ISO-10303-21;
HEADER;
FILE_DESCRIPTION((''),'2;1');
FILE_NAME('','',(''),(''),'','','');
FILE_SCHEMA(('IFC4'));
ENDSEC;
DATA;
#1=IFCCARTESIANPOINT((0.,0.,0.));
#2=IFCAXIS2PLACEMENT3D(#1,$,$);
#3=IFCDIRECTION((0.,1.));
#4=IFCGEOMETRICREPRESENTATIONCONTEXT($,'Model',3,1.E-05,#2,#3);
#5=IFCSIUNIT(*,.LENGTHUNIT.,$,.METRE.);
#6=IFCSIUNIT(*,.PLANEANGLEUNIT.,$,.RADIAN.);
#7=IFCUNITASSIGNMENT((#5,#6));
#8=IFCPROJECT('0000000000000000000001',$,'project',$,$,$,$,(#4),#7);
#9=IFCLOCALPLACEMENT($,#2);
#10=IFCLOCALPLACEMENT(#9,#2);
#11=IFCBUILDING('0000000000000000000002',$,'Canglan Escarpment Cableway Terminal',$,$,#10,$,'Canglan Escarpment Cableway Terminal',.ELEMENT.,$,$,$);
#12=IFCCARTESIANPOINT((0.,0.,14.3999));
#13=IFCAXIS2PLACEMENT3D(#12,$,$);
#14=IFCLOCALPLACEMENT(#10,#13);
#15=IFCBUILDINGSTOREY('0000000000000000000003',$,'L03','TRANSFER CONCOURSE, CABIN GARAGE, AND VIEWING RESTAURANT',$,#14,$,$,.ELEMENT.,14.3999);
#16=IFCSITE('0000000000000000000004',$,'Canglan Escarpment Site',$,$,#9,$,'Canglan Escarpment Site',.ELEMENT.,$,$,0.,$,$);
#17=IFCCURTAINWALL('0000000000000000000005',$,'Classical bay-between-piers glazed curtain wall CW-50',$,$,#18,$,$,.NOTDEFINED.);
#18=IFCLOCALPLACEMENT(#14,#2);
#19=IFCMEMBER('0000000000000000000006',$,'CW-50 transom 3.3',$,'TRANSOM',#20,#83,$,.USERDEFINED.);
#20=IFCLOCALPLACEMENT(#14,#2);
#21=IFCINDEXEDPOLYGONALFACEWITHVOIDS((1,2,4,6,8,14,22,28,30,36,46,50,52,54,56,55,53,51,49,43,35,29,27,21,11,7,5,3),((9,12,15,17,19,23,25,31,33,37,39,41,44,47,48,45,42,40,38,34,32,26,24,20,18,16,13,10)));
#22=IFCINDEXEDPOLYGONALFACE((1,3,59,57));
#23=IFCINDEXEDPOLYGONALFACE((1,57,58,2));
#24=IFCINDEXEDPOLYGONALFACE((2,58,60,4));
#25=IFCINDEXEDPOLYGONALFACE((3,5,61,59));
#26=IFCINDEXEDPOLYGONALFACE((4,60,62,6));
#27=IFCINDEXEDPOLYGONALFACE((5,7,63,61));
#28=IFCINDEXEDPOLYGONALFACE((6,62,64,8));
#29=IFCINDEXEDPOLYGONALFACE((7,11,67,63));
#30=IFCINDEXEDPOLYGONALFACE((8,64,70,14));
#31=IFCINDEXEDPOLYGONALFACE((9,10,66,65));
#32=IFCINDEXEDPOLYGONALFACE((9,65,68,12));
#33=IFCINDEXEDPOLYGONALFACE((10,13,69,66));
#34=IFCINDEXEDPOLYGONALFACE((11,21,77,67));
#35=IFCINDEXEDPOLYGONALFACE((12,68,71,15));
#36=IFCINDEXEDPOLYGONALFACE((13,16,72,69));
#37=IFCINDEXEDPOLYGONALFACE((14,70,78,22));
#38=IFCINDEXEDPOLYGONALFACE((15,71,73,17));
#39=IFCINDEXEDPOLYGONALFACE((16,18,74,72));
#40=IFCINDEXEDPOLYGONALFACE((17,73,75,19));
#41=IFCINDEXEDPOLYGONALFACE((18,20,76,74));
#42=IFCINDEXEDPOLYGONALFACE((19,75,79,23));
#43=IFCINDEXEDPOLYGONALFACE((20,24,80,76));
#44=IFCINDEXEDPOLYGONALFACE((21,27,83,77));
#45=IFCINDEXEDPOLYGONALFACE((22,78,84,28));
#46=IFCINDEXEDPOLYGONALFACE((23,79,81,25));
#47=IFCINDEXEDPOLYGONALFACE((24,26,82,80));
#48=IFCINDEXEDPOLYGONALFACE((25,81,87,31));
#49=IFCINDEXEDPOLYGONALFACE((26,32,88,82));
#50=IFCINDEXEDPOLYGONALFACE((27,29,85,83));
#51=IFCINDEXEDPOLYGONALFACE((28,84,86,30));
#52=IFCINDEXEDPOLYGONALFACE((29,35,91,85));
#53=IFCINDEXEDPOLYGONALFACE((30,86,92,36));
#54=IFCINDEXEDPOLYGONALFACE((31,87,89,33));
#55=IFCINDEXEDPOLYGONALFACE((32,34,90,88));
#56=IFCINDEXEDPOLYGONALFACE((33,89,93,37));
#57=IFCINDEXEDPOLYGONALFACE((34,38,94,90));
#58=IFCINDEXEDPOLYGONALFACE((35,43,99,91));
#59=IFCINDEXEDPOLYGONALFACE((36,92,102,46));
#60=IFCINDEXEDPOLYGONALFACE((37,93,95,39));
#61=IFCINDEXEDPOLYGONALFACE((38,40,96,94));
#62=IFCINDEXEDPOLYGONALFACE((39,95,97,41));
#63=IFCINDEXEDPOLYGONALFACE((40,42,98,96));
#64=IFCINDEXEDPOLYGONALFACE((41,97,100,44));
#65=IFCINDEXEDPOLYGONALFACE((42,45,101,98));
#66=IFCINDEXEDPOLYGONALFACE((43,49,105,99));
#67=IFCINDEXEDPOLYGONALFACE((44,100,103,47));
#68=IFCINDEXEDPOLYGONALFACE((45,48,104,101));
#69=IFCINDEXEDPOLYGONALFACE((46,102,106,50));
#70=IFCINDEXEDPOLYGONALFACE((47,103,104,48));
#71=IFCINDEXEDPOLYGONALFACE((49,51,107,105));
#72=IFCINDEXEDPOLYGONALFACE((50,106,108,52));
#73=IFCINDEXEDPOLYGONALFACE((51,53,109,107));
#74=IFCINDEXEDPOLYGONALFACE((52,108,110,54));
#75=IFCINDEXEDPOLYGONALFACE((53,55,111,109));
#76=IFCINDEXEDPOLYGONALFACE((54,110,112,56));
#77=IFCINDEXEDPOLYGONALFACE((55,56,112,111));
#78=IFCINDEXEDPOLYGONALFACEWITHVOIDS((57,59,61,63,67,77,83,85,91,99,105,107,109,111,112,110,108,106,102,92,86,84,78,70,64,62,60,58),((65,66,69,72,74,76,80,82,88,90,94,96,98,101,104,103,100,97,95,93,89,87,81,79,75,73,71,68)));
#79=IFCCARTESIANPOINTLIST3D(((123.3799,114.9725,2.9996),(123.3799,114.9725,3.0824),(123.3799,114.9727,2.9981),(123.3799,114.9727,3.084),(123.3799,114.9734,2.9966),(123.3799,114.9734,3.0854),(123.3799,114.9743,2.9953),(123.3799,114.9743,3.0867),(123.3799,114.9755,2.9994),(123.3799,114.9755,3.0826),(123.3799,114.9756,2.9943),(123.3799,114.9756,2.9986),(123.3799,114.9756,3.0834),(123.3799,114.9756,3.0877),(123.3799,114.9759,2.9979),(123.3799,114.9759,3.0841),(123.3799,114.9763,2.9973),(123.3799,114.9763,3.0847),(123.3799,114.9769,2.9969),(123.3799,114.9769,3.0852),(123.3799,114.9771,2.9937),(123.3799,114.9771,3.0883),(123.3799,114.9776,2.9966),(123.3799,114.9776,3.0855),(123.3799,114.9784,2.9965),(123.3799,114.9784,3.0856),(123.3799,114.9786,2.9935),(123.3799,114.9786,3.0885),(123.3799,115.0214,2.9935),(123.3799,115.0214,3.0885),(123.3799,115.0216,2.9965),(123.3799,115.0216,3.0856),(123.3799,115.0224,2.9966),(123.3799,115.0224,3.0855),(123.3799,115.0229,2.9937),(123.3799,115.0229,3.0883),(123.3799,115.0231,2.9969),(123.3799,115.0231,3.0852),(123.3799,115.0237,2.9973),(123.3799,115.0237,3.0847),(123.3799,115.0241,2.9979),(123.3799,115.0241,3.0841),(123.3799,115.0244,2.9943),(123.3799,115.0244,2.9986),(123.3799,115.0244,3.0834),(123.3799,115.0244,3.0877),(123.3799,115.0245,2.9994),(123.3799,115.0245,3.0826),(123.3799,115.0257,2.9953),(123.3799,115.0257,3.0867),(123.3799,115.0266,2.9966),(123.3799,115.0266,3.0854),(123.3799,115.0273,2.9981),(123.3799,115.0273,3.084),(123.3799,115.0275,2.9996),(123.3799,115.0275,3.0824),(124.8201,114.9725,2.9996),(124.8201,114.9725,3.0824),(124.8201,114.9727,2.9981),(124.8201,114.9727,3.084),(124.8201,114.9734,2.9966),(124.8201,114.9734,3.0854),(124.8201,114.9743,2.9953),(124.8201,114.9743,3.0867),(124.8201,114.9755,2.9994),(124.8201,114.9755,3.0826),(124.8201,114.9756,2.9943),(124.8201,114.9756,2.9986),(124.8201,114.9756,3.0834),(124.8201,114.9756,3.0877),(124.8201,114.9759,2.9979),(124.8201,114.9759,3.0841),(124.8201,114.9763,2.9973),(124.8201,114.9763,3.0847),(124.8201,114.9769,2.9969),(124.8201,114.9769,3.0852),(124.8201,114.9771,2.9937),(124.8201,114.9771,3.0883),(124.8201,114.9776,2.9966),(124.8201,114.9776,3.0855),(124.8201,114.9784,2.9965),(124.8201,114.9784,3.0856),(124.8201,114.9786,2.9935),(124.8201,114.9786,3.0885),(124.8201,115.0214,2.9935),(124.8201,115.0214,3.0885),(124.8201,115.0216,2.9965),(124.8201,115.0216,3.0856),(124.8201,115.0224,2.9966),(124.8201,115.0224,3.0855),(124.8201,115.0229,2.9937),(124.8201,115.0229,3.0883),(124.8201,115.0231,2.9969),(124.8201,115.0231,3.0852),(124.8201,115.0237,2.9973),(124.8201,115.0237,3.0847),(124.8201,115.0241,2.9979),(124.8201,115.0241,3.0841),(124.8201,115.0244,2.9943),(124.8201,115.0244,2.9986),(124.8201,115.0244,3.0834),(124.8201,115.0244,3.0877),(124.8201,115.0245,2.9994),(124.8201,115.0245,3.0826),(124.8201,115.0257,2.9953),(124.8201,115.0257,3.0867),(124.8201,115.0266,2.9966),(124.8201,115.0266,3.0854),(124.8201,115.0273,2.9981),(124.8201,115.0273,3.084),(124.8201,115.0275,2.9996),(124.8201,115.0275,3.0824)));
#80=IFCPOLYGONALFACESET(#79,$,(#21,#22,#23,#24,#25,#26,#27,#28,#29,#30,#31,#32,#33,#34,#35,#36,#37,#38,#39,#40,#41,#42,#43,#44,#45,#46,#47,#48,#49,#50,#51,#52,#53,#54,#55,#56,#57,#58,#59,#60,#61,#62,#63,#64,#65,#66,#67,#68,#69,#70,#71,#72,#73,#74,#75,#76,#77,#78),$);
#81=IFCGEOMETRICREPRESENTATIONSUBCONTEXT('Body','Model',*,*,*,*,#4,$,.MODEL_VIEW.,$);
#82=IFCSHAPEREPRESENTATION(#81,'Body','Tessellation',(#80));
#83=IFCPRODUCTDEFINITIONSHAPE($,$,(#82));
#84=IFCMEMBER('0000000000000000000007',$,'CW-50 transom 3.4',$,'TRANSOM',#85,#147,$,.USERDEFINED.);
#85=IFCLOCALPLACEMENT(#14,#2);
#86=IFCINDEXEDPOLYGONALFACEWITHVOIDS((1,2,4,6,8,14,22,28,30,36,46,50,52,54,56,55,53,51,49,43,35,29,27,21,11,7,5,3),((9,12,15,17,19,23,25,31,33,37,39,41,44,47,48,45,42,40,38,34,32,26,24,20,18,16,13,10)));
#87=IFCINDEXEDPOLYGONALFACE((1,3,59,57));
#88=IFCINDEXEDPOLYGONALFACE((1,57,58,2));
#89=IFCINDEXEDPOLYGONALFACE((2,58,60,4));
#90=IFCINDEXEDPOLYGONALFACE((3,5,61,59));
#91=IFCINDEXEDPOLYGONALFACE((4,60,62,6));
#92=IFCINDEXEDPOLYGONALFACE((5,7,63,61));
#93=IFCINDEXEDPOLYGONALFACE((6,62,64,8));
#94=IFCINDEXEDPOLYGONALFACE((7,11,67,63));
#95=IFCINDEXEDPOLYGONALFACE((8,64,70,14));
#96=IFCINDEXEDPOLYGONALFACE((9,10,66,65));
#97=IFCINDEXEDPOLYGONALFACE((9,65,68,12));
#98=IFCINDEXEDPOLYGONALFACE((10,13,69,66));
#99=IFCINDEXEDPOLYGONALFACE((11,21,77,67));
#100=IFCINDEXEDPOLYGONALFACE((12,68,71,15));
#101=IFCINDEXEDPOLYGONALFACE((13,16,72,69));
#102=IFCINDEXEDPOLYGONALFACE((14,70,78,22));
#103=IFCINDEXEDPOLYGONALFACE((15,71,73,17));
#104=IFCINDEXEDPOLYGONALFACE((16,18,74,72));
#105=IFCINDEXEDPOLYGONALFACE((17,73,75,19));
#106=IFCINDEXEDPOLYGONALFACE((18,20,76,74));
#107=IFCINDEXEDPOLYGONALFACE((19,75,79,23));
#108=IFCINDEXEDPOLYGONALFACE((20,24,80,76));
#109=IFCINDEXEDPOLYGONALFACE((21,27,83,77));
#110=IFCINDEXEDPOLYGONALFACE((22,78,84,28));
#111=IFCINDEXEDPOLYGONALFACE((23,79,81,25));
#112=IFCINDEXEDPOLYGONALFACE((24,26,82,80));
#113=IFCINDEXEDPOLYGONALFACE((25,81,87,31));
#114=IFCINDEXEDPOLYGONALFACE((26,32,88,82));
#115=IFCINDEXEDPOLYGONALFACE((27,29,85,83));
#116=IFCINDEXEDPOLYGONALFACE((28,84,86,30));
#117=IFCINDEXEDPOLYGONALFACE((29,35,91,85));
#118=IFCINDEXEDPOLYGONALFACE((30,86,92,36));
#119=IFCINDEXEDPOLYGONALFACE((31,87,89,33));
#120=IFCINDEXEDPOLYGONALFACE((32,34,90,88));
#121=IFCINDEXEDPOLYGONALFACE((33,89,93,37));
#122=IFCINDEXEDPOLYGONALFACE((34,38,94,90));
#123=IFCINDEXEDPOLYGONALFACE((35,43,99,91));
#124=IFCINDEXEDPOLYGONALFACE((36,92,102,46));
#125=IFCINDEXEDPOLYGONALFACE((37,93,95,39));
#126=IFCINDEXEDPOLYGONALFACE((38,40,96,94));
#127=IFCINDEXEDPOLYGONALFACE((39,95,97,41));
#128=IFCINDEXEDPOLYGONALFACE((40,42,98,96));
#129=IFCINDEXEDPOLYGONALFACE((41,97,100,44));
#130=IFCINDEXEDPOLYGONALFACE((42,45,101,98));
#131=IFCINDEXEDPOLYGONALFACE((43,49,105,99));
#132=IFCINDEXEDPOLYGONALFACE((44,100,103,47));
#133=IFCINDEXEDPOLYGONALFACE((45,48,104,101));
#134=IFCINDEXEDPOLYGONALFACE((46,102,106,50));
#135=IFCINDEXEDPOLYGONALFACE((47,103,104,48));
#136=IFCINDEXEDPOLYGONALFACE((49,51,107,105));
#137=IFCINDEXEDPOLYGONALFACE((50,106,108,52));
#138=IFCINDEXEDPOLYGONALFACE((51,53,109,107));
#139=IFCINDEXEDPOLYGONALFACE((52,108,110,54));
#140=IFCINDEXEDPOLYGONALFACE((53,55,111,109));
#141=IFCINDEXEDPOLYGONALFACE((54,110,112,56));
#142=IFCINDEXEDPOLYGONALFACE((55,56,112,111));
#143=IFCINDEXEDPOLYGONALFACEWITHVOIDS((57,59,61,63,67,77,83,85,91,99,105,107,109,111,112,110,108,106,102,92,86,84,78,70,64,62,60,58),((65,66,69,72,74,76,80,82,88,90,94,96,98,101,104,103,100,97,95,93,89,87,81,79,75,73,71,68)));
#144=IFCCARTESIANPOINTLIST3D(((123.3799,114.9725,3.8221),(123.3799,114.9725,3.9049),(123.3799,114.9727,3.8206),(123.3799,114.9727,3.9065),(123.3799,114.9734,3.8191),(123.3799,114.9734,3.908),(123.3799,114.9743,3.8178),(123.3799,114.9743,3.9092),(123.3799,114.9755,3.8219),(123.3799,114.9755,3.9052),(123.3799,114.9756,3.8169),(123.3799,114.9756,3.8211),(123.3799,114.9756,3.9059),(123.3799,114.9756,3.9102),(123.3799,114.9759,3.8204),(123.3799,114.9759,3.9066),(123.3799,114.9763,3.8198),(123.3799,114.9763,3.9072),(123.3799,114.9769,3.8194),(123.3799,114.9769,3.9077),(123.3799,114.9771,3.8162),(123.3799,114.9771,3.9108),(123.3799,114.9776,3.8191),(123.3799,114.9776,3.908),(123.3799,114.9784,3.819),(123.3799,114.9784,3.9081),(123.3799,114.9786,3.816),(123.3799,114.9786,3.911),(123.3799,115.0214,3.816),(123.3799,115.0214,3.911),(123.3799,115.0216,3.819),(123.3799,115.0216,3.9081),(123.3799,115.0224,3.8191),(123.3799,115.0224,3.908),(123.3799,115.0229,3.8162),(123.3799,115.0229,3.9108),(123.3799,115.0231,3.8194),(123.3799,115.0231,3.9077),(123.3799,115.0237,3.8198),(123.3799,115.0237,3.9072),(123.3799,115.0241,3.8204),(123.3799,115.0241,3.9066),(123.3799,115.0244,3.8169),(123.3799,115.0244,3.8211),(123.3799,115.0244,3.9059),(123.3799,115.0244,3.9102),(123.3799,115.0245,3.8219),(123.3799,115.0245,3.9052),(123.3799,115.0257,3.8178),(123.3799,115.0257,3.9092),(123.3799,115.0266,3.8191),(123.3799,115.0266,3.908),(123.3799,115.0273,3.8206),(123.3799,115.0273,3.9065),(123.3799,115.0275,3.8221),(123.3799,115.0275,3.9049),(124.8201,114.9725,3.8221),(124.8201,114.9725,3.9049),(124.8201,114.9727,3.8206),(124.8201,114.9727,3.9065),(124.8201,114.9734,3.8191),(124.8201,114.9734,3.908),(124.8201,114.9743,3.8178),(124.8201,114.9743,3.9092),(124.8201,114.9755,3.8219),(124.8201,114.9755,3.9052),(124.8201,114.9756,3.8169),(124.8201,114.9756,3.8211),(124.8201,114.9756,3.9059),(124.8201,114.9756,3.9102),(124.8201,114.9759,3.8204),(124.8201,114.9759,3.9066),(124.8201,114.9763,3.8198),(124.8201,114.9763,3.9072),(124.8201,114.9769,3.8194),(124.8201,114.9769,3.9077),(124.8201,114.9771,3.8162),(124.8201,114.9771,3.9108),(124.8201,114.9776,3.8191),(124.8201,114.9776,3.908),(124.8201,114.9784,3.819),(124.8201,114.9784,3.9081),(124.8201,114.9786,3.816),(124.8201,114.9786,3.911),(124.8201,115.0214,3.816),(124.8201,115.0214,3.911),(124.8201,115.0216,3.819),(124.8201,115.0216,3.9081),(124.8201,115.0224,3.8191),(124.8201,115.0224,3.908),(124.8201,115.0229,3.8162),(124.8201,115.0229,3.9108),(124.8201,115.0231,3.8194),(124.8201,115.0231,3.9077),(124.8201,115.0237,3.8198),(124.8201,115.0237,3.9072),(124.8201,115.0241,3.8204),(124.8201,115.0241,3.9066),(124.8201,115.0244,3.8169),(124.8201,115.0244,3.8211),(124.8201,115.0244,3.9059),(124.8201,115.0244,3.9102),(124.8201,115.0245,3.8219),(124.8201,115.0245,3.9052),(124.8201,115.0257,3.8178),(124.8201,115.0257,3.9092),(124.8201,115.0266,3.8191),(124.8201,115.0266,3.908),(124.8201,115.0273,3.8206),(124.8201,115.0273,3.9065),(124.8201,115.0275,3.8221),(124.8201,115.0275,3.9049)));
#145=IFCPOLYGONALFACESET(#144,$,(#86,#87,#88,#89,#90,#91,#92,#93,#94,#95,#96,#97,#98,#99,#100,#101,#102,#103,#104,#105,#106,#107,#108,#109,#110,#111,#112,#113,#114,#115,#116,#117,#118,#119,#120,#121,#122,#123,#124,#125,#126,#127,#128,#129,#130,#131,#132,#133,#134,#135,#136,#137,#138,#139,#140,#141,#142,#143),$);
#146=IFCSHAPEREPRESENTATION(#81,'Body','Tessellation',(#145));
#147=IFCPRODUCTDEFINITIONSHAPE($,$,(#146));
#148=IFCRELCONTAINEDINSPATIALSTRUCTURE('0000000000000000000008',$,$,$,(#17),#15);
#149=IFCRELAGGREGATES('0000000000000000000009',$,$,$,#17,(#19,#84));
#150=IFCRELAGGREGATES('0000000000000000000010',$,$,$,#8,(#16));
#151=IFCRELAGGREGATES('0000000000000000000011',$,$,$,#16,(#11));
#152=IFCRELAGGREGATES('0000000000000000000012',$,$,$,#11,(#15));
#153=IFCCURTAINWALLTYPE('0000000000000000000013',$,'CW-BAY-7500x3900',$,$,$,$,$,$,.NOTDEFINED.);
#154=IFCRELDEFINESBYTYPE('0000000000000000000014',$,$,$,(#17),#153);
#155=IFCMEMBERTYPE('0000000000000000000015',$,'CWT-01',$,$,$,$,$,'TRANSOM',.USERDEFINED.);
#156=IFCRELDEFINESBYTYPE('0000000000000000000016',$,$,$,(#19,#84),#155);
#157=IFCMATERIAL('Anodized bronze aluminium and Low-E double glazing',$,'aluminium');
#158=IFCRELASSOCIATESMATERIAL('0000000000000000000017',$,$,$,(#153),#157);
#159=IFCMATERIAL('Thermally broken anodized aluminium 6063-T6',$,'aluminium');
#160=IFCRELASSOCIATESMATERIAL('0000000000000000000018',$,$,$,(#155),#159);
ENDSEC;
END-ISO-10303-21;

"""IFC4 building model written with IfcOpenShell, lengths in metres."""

from ifc_helpers import new_model, si_unit, direction, frame, origin, origin_2d, place, context, subcontext, project, spatial, hollow_rectangle, extrude, material, material_profile, profile_set, type_object, element, aggregate, save


model = new_model("IFC4")

# Units and contexts
model_context = context("Model", 3, precision=1e-05, world=origin(), true_north=direction((0.0, 1.0)))
body_context = subcontext(model_context, "Body", "Model", "MODEL_VIEW")
ifc_project = project(units=[si_unit("LENGTHUNIT", "METRE"), si_unit("PLANEANGLEUNIT", "RADIAN")], contexts=[model_context])

# Site, building, storey
site_placement = place(None, origin())
site = spatial("IfcSite", under=ifc_project, at=site_placement, Name="Canglan Escarpment Site", LongName="Canglan Escarpment Site", CompositionType="ELEMENT", RefElevation=0.0)
building_placement = place(site_placement, origin())
building = spatial("IfcBuilding", under=site, at=building_placement, Name="Canglan Escarpment Cableway Terminal", LongName="Canglan Escarpment Cableway Terminal", CompositionType="ELEMENT")
storey_placement = place(building_placement, frame((0.0, 0.0, 14.3999)))
storey = spatial("IfcBuildingStorey", under=building, at=storey_placement, Name="L03", Description="TRANSFER CONCOURSE, CABIN GARAGE, AND VIEWING RESTAURANT", CompositionType="ELEMENT", Elevation=14.3999)

# Curtain wall, members
ifc_material_1 = material(Name="Anodized bronze aluminium and Low-E double glazing", Category="aluminium")
curtain_wall_type = type_object("IfcCurtainWallType", Name="CW-BAY-7500x3900", PredefinedType="NOTDEFINED", material=ifc_material_1)
curtain_wall_placement = place(storey_placement, origin())
curtain_wall = element("IfcCurtainWall", 1, at=curtain_wall_placement, inside=storey, type_object=curtain_wall_type, Name="Classical bay-between-piers glazed curtain wall CW-50", PredefinedType="NOTDEFINED")
ifc_material_2 = material(Name="Thermally broken anodized aluminium 6063-T6", Category="aluminium")
ifc_material_profile_1 = material_profile(ifc_material_2, hollow_rectangle(XDim=0.0549, YDim=0.095, WallThickness=0.0029, InnerFilletRadius=0.0029, OuterFilletRadius=0.0061, at=origin_2d()), Name="ALU-TRAN 55x95x3")
ifc_profile_set_1 = profile_set([ifc_material_profile_1], Name="Thermally broken anodized aluminium 6063-T6")
member_type_1 = type_object("IfcMemberType", Name="CWT-01", ElementType="TRANSOM", PredefinedType="USERDEFINED", material=ifc_profile_set_1)
member_1_placement = place(storey_placement, frame((124.8201, 115.0, 3.041), z_axis=(-1.0, 0.0, 0.0), x_axis=(0.0, -1.0, 0.0)))
member_1 = element("IfcMember", 2, at=member_1_placement, type_object=member_type_1, Name="CW-50 transom 3.3", ObjectType="TRANSOM", PredefinedType="USERDEFINED", context=body_context, shape_type="SweptSolid", body=[
    extrude(hollow_rectangle(XDim=0.0549, YDim=0.095, WallThickness=0.0029, InnerFilletRadius=0.0029, OuterFilletRadius=0.0061, at=origin_2d()), origin(), (0.0, 0.0, 1.0), 1.4402),
])
member_2_placement = place(storey_placement, frame((124.8201, 115.0, 3.8635), z_axis=(-1.0, 0.0, 0.0), x_axis=(0.0, -1.0, 0.0)))
member_2 = element("IfcMember", 3, at=member_2_placement, type_object=member_type_1, Name="CW-50 transom 3.4", ObjectType="TRANSOM", PredefinedType="USERDEFINED", context=body_context, shape_type="SweptSolid", body=[
    extrude(hollow_rectangle(XDim=0.0549, YDim=0.095, WallThickness=0.0029, InnerFilletRadius=0.0029, OuterFilletRadius=0.0061, at=origin_2d()), origin(), (0.0, 0.0, 1.0), 1.4402),
])
aggregate(curtain_wall, [member_1, member_2])

save(model, "model.ifc")
